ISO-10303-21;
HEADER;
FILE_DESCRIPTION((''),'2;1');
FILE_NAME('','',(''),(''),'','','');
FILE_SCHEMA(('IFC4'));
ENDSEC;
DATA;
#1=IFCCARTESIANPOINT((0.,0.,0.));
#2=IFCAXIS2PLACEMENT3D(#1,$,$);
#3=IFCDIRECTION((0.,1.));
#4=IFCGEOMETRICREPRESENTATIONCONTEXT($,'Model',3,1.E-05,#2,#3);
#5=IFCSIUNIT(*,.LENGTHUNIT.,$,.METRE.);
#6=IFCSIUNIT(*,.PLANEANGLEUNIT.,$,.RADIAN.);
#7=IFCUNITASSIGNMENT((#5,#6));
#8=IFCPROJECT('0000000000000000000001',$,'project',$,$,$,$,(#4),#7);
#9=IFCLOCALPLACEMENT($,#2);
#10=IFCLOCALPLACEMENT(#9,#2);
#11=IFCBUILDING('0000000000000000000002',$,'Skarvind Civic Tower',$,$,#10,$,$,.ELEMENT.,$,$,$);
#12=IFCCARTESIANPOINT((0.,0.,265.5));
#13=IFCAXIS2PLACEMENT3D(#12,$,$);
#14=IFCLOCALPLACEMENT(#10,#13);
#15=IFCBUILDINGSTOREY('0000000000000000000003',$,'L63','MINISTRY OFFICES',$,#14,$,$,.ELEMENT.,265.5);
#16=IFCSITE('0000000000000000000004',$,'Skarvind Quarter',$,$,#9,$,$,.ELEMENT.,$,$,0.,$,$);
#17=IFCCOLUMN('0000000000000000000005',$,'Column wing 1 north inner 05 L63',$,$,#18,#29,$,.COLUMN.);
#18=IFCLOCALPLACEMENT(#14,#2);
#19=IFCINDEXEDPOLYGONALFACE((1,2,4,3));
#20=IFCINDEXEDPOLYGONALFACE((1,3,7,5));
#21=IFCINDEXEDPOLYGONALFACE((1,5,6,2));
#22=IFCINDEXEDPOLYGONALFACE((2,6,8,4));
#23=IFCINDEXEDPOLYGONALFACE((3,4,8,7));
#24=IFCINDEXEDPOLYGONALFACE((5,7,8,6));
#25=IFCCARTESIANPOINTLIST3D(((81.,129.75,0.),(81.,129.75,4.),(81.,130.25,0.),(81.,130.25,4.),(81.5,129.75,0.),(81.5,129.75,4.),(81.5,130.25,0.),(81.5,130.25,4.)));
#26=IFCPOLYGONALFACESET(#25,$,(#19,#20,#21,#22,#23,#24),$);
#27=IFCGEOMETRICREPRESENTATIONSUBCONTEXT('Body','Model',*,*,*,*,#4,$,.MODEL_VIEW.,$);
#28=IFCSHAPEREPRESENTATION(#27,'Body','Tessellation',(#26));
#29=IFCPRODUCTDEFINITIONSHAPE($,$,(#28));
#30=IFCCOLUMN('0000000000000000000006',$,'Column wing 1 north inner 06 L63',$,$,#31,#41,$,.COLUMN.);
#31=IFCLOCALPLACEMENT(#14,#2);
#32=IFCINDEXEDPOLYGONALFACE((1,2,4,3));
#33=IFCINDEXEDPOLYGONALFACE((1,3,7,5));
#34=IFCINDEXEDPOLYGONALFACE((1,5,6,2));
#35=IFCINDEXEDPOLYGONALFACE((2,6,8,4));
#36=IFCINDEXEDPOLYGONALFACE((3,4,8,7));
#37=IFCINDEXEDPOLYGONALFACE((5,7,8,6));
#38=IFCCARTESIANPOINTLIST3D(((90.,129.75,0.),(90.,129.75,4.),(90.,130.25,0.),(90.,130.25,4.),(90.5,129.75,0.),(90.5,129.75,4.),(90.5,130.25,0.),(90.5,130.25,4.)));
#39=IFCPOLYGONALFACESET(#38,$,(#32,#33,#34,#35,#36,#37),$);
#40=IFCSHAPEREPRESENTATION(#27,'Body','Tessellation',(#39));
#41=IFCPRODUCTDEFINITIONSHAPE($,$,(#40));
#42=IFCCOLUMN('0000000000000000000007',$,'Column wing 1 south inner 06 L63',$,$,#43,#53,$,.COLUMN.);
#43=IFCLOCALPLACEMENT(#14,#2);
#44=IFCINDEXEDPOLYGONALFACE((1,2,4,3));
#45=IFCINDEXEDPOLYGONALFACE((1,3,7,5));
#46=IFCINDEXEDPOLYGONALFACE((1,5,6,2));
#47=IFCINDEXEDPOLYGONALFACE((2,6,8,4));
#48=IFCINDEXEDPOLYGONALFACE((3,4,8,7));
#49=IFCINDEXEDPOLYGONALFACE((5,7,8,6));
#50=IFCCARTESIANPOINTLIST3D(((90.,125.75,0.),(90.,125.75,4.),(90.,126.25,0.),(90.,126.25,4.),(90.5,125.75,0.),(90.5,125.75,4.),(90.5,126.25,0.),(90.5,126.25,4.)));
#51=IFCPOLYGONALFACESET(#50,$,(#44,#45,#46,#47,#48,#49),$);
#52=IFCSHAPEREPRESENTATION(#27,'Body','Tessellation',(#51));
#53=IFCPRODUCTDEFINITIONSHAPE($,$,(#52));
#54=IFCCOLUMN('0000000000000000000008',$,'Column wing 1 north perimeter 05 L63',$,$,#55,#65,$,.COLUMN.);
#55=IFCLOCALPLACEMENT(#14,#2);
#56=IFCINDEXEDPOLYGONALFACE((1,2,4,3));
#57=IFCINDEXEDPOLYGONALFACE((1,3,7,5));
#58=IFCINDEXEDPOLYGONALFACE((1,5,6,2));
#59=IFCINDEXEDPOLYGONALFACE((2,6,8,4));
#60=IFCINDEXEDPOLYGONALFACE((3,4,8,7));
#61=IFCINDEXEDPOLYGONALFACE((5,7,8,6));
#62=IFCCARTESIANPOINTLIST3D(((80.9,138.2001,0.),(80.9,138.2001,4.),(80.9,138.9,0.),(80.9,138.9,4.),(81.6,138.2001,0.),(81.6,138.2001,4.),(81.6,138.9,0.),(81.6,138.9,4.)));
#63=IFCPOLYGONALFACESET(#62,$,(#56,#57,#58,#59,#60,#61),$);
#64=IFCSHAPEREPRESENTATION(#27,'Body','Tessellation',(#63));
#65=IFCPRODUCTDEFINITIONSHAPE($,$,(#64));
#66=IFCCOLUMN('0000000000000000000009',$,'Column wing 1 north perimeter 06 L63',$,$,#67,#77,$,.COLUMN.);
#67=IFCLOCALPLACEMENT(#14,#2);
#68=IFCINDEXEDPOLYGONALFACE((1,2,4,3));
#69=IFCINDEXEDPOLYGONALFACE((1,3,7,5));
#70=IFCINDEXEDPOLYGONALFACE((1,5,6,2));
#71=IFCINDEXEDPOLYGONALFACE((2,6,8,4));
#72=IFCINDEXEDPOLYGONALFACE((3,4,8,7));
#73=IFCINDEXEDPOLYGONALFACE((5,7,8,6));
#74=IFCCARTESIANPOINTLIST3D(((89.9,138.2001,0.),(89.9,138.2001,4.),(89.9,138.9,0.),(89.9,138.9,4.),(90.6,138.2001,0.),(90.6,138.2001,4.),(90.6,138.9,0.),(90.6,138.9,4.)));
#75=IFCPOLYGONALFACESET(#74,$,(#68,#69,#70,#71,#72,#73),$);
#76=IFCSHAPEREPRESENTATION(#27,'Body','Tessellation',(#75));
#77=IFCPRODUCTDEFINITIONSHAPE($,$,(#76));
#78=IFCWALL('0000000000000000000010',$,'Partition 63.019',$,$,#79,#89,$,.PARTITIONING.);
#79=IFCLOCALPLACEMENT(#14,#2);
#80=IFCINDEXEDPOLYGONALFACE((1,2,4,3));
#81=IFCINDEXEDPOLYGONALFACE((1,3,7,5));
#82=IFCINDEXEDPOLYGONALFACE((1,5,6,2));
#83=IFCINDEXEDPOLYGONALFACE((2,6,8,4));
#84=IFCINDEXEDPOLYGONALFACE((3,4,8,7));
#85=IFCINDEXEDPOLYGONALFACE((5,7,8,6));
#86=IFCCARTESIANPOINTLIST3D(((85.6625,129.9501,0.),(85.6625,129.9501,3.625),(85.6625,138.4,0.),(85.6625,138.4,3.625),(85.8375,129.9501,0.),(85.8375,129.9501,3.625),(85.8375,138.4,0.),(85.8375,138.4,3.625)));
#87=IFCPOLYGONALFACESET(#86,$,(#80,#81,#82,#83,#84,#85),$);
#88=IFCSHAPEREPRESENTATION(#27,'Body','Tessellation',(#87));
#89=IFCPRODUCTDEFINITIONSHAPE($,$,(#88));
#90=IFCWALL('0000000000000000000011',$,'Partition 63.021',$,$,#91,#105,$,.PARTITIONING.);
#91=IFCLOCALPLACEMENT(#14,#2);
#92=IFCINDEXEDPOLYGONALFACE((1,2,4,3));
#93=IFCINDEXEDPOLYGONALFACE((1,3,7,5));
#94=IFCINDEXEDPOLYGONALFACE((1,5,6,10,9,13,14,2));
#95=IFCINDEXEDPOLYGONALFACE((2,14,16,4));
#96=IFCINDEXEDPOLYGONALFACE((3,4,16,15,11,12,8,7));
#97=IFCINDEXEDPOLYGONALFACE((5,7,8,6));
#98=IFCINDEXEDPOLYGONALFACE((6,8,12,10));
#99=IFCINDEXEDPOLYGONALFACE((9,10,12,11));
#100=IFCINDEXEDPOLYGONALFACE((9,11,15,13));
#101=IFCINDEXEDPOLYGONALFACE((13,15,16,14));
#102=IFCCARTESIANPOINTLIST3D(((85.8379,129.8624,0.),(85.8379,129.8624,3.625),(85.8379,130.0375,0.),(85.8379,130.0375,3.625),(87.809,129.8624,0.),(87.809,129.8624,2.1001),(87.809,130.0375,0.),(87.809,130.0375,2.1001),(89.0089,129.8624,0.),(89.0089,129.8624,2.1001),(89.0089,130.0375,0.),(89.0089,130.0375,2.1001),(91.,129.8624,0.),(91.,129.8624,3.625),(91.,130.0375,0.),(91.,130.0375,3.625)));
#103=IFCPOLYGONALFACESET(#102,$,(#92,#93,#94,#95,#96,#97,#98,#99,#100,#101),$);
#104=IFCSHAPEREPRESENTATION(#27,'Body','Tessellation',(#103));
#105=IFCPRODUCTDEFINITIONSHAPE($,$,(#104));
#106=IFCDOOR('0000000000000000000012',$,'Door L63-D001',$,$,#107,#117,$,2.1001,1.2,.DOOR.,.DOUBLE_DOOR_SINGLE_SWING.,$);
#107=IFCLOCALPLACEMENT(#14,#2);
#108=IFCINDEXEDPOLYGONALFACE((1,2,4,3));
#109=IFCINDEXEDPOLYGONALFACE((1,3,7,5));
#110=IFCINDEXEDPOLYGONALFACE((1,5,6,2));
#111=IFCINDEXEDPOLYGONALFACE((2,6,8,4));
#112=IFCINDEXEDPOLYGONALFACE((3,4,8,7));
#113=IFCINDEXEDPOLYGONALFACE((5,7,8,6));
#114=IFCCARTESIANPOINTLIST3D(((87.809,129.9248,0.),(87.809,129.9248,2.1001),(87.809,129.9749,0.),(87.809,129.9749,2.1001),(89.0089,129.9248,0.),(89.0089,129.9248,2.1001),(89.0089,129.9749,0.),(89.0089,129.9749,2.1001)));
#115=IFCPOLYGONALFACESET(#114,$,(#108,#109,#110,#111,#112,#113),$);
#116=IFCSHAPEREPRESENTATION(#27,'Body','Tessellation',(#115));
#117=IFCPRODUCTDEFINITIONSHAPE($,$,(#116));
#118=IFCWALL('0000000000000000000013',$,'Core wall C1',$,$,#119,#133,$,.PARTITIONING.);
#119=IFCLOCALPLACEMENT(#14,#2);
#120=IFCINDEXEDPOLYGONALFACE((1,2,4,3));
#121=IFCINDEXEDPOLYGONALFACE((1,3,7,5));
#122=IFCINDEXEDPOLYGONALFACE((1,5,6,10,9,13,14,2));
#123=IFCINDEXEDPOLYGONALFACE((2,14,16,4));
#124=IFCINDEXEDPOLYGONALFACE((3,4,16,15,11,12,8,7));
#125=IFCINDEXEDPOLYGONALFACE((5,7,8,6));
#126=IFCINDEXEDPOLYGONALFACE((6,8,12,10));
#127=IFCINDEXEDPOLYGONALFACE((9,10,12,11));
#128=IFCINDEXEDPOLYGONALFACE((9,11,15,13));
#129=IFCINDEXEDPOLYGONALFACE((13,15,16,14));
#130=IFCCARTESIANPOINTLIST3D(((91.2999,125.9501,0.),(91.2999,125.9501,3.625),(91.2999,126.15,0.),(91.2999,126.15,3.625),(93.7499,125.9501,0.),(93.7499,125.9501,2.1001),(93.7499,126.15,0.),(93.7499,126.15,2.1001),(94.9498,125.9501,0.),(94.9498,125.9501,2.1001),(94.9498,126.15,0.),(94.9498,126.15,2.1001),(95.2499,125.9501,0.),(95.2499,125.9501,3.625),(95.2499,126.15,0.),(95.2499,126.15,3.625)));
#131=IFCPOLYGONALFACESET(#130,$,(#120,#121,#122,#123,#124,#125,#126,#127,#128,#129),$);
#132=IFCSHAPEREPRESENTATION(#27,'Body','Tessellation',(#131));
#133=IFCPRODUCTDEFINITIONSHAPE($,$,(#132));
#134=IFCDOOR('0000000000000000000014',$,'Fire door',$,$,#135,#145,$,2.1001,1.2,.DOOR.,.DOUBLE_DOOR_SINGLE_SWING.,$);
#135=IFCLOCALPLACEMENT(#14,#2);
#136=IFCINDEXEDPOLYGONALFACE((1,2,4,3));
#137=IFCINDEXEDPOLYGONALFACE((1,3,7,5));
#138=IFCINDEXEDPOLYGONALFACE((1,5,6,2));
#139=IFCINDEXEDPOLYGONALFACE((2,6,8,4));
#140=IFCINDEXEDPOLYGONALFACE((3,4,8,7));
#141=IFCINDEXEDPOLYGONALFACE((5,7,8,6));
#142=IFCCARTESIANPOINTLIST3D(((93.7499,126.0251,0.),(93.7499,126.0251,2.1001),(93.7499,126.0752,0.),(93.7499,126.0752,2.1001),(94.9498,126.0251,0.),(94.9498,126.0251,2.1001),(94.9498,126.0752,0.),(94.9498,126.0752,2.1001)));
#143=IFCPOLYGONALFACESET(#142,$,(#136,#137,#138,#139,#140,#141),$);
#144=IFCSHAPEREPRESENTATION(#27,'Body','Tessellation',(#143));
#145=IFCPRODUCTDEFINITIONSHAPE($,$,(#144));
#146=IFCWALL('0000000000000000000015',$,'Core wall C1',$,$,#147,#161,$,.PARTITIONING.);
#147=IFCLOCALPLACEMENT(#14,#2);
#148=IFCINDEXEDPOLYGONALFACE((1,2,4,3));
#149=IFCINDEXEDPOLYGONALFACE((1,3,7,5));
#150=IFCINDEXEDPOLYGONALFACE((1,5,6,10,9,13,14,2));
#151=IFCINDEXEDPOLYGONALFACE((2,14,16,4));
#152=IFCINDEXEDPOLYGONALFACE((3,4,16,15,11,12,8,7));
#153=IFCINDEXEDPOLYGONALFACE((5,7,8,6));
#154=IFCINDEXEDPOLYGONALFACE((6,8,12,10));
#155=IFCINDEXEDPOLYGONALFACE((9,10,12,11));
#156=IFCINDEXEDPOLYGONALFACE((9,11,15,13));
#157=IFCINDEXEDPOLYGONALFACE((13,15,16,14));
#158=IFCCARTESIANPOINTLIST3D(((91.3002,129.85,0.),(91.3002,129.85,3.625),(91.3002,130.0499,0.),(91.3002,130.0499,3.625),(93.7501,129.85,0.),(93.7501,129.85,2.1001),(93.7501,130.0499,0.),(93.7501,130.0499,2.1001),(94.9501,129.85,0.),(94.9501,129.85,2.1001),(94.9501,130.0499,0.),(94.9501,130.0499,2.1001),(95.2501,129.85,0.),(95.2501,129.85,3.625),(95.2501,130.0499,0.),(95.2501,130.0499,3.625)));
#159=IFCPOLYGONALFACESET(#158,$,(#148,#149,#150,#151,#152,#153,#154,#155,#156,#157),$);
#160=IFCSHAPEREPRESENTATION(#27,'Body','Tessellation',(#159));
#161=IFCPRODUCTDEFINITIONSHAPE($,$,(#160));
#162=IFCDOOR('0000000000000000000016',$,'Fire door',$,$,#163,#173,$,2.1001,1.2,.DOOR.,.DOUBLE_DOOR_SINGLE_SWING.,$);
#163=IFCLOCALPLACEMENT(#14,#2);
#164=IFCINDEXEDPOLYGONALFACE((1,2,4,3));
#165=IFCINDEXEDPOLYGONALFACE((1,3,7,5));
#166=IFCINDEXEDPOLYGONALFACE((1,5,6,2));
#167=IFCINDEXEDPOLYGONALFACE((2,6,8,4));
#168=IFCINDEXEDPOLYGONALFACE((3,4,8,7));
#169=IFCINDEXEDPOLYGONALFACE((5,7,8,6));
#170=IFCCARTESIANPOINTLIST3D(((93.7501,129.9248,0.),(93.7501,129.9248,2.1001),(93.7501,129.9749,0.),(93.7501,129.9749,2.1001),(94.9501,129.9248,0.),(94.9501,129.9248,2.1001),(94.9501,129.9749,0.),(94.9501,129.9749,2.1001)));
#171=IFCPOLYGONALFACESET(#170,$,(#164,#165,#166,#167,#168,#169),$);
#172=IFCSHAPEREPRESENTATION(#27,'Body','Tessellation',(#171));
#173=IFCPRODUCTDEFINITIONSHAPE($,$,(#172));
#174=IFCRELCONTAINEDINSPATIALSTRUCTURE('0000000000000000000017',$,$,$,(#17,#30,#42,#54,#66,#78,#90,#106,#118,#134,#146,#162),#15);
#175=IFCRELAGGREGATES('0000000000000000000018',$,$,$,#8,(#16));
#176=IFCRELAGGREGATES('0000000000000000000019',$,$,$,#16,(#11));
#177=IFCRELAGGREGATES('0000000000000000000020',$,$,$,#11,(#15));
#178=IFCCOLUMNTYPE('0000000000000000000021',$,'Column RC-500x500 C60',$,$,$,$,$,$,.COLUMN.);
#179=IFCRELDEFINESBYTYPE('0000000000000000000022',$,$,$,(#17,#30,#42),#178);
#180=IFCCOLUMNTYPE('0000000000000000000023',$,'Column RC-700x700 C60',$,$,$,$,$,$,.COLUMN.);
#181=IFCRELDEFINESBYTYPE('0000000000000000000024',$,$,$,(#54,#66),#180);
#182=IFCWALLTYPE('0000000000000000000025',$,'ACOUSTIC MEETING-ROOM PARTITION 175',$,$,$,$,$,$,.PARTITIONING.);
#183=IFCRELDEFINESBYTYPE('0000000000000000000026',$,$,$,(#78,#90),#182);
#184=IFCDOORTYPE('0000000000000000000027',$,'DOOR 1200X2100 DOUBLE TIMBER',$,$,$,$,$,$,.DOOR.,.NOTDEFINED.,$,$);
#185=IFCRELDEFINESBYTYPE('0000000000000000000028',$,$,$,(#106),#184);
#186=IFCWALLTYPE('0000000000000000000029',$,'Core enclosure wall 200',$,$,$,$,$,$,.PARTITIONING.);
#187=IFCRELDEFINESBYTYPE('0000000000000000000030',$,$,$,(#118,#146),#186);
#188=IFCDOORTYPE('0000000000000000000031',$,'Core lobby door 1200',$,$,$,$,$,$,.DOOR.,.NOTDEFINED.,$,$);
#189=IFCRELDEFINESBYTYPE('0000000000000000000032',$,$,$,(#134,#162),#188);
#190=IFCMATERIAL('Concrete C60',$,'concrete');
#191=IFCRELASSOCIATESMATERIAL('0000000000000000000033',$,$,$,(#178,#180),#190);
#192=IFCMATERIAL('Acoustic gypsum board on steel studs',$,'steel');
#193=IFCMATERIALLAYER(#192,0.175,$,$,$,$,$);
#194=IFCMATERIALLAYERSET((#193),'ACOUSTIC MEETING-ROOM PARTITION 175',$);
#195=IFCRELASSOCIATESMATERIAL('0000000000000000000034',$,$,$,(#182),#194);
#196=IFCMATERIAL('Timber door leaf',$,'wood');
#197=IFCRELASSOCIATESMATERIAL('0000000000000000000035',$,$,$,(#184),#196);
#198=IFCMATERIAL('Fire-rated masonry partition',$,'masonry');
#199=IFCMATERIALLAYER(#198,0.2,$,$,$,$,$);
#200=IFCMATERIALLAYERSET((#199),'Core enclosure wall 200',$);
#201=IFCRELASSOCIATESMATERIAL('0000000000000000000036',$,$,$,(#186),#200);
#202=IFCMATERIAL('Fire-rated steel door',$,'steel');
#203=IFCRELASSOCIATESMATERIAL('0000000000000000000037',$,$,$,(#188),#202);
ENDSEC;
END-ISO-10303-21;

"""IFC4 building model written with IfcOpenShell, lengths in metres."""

from ifc_helpers import new_model, si_unit, direction, frame, frame_2d, origin, origin_2d, place, context, subcontext, project, spatial, rectangle, extrude, material, layer, layer_set, material_profile, profile_set, type_object, element, fill, save


model = new_model("IFC4")

# Units and contexts
model_context = context("Model", 3, precision=1e-05, world=origin(), true_north=direction((0.0, 1.0)))
body_context = subcontext(model_context, "Body", "Model", "MODEL_VIEW")
ifc_project = project(units=[si_unit("LENGTHUNIT", "METRE"), si_unit("PLANEANGLEUNIT", "RADIAN")], contexts=[model_context])

# Site, building, storey
site_placement = place(None, origin())
site = spatial("IfcSite", under=ifc_project, at=site_placement, Name="Skarvind Quarter", CompositionType="ELEMENT", RefElevation=0.0)
building_placement = place(site_placement, origin())
building = spatial("IfcBuilding", under=site, at=building_placement, Name="Skarvind Civic Tower", CompositionType="ELEMENT")
storey_placement = place(building_placement, frame((0.0, 0.0, 265.5)))
storey = spatial("IfcBuildingStorey", under=building, at=storey_placement, Name="L63", Description="MINISTRY OFFICES", CompositionType="ELEMENT", Elevation=265.5)

# Columns
ifc_material_1 = material(Name="Concrete C60", Category="concrete")
ifc_material_profile_1 = material_profile(ifc_material_1, rectangle(XDim=0.5, YDim=0.5, at=origin_2d()), Name="RC-500x500")
ifc_profile_set_1 = profile_set([ifc_material_profile_1], Name="Concrete C60")
column_type_1 = type_object("IfcColumnType", Name="Column RC-500x500 C60", PredefinedType="COLUMN", material=ifc_profile_set_1)
for number, where, z_axis, x_axis, name in (
    (1, (81.25, 130.0, 0.0), (0.0, 0.0, 1.0), (1.0, 0.0, 0.0), "Column wing 1 north inner 05 L63"),
    (2, (90.25, 130.0, 0.0), (0.0, 0.0, 1.0), (1.0, 0.0, 0.0), "Column wing 1 north inner 06 L63"),
    (3, (90.25, 126.0, 0.0), (0.0, 0.0, 1.0), (1.0, 0.0, 0.0), "Column wing 1 south inner 06 L63"),
):
    element("IfcColumn", number, at=place(storey_placement, frame(where, z_axis=z_axis, x_axis=x_axis)), inside=storey, type_object=column_type_1, Name=name, PredefinedType="COLUMN", context=body_context, shape_type="SweptSolid", body=[
        extrude(rectangle(XDim=0.5, YDim=0.5, at=origin_2d()), origin(), (0.0, 0.0, 1.0), 4.0),
    ])
ifc_material_profile_2 = material_profile(ifc_material_1, rectangle(XDim=0.7, YDim=0.7, at=origin_2d()), Name="RC-700x700")
ifc_profile_set_2 = profile_set([ifc_material_profile_2], Name="Concrete C60")
column_type_2 = type_object("IfcColumnType", Name="Column RC-700x700 C60", PredefinedType="COLUMN", material=ifc_profile_set_2)
for number, where, z_axis, x_axis, name in (
    (4, (81.25, 138.55, 0.0), (0.0, 0.0, 1.0), (1.0, 0.0, 0.0), "Column wing 1 north perimeter 05 L63"),
    (5, (90.25, 138.55, 0.0), (0.0, 0.0, 1.0), (1.0, 0.0, 0.0), "Column wing 1 north perimeter 06 L63"),
):
    element("IfcColumn", number, at=place(storey_placement, frame(where, z_axis=z_axis, x_axis=x_axis)), inside=storey, type_object=column_type_2, Name=name, PredefinedType="COLUMN", context=body_context, shape_type="SweptSolid", body=[
        extrude(rectangle(XDim=0.7, YDim=0.7, at=origin_2d()), origin(), (0.0, 0.0, 1.0), 4.0),
    ])

# Wall
ifc_material_2 = material(Name="Acoustic gypsum board on steel studs", Category="steel")
ifc_layer_1 = layer(ifc_material_2, 0.175)
ifc_layer_set_1 = layer_set([ifc_layer_1], Name="ACOUSTIC MEETING-ROOM PARTITION 175")
wall_type_1 = type_object("IfcWallType", Name="ACOUSTIC MEETING-ROOM PARTITION 175", PredefinedType="PARTITIONING", material=ifc_layer_set_1)
wall_1_placement = place(storey_placement, frame((85.75, 129.95, 0.0), z_axis=(0.0, 0.0, 1.0), x_axis=(0.0, 1.0, 0.0)))
element("IfcWall", 6, at=wall_1_placement, inside=storey, type_object=wall_type_1, Name="Partition 63.019", PredefinedType="PARTITIONING", context=body_context, shape_type="SweptSolid", body=[
    extrude(rectangle(XDim=8.45, YDim=0.175, at=frame_2d((4.2251, 0.0))), origin(), (0.0, 0.0, 1.0), 3.625),
])

# Walls, openings, doors
wall_2_placement = place(storey_placement, frame((85.8379, 129.95, 0.0), z_axis=(0.0, 0.0, 1.0), x_axis=(1.0, 0.0, 0.0)))
wall_2 = element("IfcWall", 7, at=wall_2_placement, inside=storey, type_object=wall_type_1, Name="Partition 63.021", PredefinedType="PARTITIONING", context=body_context, shape_type="SweptSolid", body=[
    extrude(rectangle(XDim=5.1621, YDim=0.175, at=frame_2d((2.5811, 0.0))), origin(), (0.0, 0.0, 1.0), 3.625),
])
opening_1_placement = place(wall_2_placement, frame((1.9709, 0.0, 0.0)))
opening_1 = element("IfcOpeningElement", 8, at=opening_1_placement, cuts=wall_2, PredefinedType="OPENING", context=body_context, shape_type="SweptSolid", body=[
    extrude(rectangle(XDim=1.2, YDim=2.1001, at=frame_2d((0.6001, 1.05))), frame((0.0, 0.0974, 0.0), z_axis=(0.0, -1.0, 0.0), x_axis=(1.0, 0.0, 0.0)), (0.0, 0.0, 1.0), 0.1951),
])
ifc_material_3 = material(Name="Timber door leaf", Category="wood")
door_type_1 = type_object("IfcDoorType", Name="DOOR 1200X2100 DOUBLE TIMBER", OperationType="NOTDEFINED", PredefinedType="DOOR", material=ifc_material_3)
door_1_placement = place(opening_1_placement, origin())
door_1 = element("IfcDoor", 9, at=door_1_placement, inside=storey, type_object=door_type_1, Name="Door L63-D001", OperationType="DOUBLE_DOOR_SINGLE_SWING", OverallHeight=2.1001, OverallWidth=1.2, PredefinedType="DOOR", context=body_context, shape_type="SweptSolid", body=[
    extrude(rectangle(XDim=1.2, YDim=2.1001, at=frame_2d((0.6001, 1.05))), frame((0.0, 0.0249, 0.0), z_axis=(0.0, -1.0, 0.0), x_axis=(1.0, 0.0, 0.0)), (0.0, 0.0, 1.0), 0.05),
])
fill(opening_1, door_1)
ifc_material_4 = material(Name="Fire-rated masonry partition", Category="masonry")
ifc_layer_2 = layer(ifc_material_4, 0.2)
ifc_layer_set_2 = layer_set([ifc_layer_2], Name="Core enclosure wall 200")
wall_type_2 = type_object("IfcWallType", Name="Core enclosure wall 200", PredefinedType="PARTITIONING", material=ifc_layer_set_2)
wall_3_placement = place(storey_placement, frame((95.25, 126.05, 0.0), z_axis=(0.0, 0.0, 1.0), x_axis=(-1.0, 0.0, 0.0)))
wall_3 = element("IfcWall", 10, at=wall_3_placement, inside=storey, type_object=wall_type_2, Name="Core wall C1", PredefinedType="PARTITIONING", context=body_context, shape_type="SweptSolid", body=[
    extrude(rectangle(XDim=3.95, YDim=0.2, at=frame_2d((1.9751, 0.0))), origin(), (0.0, 0.0, 1.0), 3.625),
])
opening_2_placement = place(wall_3_placement, frame((0.3, 0.0, 0.0)))
opening_2 = element("IfcOpeningElement", 11, at=opening_2_placement, cuts=wall_3, PredefinedType="OPENING", context=body_context, shape_type="SweptSolid", body=[
    extrude(rectangle(XDim=1.2, YDim=2.1001, at=frame_2d((0.6001, 1.05))), frame((0.0, 0.1099, 0.0), z_axis=(0.0, -1.0, 0.0), x_axis=(1.0, 0.0, 0.0)), (0.0, 0.0, 1.0), 0.22),
])
ifc_material_5 = material(Name="Fire-rated steel door", Category="steel")
door_type_2 = type_object("IfcDoorType", Name="Core lobby door 1200", OperationType="NOTDEFINED", PredefinedType="DOOR", material=ifc_material_5)
door_2_placement = place(opening_2_placement, origin())
door_2 = element("IfcDoor", 12, at=door_2_placement, inside=storey, type_object=door_type_2, Name="Fire door", OperationType="DOUBLE_DOOR_SINGLE_SWING", OverallHeight=2.1001, OverallWidth=1.2, PredefinedType="DOOR", context=body_context, shape_type="SweptSolid", body=[
    extrude(rectangle(XDim=1.2, YDim=2.1001, at=frame_2d((0.6001, 1.05))), frame((0.0, 0.0249, 0.0), z_axis=(0.0, -1.0, 0.0), x_axis=(1.0, 0.0, 0.0)), (0.0, 0.0, 1.0), 0.05),
])
fill(opening_2, door_2)
wall_4_placement = place(storey_placement, frame((91.3, 129.95, 0.0), z_axis=(0.0, 0.0, 1.0), x_axis=(1.0, 0.0, 0.0)))
wall_4 = element("IfcWall", 13, at=wall_4_placement, inside=storey, type_object=wall_type_2, Name="Core wall C1", PredefinedType="PARTITIONING", context=body_context, shape_type="SweptSolid", body=[
    extrude(rectangle(XDim=3.95, YDim=0.2, at=frame_2d((1.9751, 0.0))), origin(), (0.0, 0.0, 1.0), 3.625),
])
opening_3_placement = place(wall_4_placement, frame((2.45, 0.0, 0.0)))
opening_3 = element("IfcOpeningElement", 14, at=opening_3_placement, cuts=wall_4, PredefinedType="OPENING", context=body_context, shape_type="SweptSolid", body=[
    extrude(rectangle(XDim=1.2, YDim=2.1001, at=frame_2d((0.6001, 1.05))), frame((0.0, 0.1099, 0.0), z_axis=(0.0, -1.0, 0.0), x_axis=(1.0, 0.0, 0.0)), (0.0, 0.0, 1.0), 0.22),
])
door_3_placement = place(opening_3_placement, origin())
door_3 = element("IfcDoor", 15, at=door_3_placement, inside=storey, type_object=door_type_2, Name="Fire door", OperationType="DOUBLE_DOOR_SINGLE_SWING", OverallHeight=2.1001, OverallWidth=1.2, PredefinedType="DOOR", context=body_context, shape_type="SweptSolid", body=[
    extrude(rectangle(XDim=1.2, YDim=2.1001, at=frame_2d((0.6001, 1.05))), frame((0.0, 0.0249, 0.0), z_axis=(0.0, -1.0, 0.0), x_axis=(1.0, 0.0, 0.0)), (0.0, 0.0, 1.0), 0.05),
])
fill(opening_3, door_3)

save(model, "model.ifc")
